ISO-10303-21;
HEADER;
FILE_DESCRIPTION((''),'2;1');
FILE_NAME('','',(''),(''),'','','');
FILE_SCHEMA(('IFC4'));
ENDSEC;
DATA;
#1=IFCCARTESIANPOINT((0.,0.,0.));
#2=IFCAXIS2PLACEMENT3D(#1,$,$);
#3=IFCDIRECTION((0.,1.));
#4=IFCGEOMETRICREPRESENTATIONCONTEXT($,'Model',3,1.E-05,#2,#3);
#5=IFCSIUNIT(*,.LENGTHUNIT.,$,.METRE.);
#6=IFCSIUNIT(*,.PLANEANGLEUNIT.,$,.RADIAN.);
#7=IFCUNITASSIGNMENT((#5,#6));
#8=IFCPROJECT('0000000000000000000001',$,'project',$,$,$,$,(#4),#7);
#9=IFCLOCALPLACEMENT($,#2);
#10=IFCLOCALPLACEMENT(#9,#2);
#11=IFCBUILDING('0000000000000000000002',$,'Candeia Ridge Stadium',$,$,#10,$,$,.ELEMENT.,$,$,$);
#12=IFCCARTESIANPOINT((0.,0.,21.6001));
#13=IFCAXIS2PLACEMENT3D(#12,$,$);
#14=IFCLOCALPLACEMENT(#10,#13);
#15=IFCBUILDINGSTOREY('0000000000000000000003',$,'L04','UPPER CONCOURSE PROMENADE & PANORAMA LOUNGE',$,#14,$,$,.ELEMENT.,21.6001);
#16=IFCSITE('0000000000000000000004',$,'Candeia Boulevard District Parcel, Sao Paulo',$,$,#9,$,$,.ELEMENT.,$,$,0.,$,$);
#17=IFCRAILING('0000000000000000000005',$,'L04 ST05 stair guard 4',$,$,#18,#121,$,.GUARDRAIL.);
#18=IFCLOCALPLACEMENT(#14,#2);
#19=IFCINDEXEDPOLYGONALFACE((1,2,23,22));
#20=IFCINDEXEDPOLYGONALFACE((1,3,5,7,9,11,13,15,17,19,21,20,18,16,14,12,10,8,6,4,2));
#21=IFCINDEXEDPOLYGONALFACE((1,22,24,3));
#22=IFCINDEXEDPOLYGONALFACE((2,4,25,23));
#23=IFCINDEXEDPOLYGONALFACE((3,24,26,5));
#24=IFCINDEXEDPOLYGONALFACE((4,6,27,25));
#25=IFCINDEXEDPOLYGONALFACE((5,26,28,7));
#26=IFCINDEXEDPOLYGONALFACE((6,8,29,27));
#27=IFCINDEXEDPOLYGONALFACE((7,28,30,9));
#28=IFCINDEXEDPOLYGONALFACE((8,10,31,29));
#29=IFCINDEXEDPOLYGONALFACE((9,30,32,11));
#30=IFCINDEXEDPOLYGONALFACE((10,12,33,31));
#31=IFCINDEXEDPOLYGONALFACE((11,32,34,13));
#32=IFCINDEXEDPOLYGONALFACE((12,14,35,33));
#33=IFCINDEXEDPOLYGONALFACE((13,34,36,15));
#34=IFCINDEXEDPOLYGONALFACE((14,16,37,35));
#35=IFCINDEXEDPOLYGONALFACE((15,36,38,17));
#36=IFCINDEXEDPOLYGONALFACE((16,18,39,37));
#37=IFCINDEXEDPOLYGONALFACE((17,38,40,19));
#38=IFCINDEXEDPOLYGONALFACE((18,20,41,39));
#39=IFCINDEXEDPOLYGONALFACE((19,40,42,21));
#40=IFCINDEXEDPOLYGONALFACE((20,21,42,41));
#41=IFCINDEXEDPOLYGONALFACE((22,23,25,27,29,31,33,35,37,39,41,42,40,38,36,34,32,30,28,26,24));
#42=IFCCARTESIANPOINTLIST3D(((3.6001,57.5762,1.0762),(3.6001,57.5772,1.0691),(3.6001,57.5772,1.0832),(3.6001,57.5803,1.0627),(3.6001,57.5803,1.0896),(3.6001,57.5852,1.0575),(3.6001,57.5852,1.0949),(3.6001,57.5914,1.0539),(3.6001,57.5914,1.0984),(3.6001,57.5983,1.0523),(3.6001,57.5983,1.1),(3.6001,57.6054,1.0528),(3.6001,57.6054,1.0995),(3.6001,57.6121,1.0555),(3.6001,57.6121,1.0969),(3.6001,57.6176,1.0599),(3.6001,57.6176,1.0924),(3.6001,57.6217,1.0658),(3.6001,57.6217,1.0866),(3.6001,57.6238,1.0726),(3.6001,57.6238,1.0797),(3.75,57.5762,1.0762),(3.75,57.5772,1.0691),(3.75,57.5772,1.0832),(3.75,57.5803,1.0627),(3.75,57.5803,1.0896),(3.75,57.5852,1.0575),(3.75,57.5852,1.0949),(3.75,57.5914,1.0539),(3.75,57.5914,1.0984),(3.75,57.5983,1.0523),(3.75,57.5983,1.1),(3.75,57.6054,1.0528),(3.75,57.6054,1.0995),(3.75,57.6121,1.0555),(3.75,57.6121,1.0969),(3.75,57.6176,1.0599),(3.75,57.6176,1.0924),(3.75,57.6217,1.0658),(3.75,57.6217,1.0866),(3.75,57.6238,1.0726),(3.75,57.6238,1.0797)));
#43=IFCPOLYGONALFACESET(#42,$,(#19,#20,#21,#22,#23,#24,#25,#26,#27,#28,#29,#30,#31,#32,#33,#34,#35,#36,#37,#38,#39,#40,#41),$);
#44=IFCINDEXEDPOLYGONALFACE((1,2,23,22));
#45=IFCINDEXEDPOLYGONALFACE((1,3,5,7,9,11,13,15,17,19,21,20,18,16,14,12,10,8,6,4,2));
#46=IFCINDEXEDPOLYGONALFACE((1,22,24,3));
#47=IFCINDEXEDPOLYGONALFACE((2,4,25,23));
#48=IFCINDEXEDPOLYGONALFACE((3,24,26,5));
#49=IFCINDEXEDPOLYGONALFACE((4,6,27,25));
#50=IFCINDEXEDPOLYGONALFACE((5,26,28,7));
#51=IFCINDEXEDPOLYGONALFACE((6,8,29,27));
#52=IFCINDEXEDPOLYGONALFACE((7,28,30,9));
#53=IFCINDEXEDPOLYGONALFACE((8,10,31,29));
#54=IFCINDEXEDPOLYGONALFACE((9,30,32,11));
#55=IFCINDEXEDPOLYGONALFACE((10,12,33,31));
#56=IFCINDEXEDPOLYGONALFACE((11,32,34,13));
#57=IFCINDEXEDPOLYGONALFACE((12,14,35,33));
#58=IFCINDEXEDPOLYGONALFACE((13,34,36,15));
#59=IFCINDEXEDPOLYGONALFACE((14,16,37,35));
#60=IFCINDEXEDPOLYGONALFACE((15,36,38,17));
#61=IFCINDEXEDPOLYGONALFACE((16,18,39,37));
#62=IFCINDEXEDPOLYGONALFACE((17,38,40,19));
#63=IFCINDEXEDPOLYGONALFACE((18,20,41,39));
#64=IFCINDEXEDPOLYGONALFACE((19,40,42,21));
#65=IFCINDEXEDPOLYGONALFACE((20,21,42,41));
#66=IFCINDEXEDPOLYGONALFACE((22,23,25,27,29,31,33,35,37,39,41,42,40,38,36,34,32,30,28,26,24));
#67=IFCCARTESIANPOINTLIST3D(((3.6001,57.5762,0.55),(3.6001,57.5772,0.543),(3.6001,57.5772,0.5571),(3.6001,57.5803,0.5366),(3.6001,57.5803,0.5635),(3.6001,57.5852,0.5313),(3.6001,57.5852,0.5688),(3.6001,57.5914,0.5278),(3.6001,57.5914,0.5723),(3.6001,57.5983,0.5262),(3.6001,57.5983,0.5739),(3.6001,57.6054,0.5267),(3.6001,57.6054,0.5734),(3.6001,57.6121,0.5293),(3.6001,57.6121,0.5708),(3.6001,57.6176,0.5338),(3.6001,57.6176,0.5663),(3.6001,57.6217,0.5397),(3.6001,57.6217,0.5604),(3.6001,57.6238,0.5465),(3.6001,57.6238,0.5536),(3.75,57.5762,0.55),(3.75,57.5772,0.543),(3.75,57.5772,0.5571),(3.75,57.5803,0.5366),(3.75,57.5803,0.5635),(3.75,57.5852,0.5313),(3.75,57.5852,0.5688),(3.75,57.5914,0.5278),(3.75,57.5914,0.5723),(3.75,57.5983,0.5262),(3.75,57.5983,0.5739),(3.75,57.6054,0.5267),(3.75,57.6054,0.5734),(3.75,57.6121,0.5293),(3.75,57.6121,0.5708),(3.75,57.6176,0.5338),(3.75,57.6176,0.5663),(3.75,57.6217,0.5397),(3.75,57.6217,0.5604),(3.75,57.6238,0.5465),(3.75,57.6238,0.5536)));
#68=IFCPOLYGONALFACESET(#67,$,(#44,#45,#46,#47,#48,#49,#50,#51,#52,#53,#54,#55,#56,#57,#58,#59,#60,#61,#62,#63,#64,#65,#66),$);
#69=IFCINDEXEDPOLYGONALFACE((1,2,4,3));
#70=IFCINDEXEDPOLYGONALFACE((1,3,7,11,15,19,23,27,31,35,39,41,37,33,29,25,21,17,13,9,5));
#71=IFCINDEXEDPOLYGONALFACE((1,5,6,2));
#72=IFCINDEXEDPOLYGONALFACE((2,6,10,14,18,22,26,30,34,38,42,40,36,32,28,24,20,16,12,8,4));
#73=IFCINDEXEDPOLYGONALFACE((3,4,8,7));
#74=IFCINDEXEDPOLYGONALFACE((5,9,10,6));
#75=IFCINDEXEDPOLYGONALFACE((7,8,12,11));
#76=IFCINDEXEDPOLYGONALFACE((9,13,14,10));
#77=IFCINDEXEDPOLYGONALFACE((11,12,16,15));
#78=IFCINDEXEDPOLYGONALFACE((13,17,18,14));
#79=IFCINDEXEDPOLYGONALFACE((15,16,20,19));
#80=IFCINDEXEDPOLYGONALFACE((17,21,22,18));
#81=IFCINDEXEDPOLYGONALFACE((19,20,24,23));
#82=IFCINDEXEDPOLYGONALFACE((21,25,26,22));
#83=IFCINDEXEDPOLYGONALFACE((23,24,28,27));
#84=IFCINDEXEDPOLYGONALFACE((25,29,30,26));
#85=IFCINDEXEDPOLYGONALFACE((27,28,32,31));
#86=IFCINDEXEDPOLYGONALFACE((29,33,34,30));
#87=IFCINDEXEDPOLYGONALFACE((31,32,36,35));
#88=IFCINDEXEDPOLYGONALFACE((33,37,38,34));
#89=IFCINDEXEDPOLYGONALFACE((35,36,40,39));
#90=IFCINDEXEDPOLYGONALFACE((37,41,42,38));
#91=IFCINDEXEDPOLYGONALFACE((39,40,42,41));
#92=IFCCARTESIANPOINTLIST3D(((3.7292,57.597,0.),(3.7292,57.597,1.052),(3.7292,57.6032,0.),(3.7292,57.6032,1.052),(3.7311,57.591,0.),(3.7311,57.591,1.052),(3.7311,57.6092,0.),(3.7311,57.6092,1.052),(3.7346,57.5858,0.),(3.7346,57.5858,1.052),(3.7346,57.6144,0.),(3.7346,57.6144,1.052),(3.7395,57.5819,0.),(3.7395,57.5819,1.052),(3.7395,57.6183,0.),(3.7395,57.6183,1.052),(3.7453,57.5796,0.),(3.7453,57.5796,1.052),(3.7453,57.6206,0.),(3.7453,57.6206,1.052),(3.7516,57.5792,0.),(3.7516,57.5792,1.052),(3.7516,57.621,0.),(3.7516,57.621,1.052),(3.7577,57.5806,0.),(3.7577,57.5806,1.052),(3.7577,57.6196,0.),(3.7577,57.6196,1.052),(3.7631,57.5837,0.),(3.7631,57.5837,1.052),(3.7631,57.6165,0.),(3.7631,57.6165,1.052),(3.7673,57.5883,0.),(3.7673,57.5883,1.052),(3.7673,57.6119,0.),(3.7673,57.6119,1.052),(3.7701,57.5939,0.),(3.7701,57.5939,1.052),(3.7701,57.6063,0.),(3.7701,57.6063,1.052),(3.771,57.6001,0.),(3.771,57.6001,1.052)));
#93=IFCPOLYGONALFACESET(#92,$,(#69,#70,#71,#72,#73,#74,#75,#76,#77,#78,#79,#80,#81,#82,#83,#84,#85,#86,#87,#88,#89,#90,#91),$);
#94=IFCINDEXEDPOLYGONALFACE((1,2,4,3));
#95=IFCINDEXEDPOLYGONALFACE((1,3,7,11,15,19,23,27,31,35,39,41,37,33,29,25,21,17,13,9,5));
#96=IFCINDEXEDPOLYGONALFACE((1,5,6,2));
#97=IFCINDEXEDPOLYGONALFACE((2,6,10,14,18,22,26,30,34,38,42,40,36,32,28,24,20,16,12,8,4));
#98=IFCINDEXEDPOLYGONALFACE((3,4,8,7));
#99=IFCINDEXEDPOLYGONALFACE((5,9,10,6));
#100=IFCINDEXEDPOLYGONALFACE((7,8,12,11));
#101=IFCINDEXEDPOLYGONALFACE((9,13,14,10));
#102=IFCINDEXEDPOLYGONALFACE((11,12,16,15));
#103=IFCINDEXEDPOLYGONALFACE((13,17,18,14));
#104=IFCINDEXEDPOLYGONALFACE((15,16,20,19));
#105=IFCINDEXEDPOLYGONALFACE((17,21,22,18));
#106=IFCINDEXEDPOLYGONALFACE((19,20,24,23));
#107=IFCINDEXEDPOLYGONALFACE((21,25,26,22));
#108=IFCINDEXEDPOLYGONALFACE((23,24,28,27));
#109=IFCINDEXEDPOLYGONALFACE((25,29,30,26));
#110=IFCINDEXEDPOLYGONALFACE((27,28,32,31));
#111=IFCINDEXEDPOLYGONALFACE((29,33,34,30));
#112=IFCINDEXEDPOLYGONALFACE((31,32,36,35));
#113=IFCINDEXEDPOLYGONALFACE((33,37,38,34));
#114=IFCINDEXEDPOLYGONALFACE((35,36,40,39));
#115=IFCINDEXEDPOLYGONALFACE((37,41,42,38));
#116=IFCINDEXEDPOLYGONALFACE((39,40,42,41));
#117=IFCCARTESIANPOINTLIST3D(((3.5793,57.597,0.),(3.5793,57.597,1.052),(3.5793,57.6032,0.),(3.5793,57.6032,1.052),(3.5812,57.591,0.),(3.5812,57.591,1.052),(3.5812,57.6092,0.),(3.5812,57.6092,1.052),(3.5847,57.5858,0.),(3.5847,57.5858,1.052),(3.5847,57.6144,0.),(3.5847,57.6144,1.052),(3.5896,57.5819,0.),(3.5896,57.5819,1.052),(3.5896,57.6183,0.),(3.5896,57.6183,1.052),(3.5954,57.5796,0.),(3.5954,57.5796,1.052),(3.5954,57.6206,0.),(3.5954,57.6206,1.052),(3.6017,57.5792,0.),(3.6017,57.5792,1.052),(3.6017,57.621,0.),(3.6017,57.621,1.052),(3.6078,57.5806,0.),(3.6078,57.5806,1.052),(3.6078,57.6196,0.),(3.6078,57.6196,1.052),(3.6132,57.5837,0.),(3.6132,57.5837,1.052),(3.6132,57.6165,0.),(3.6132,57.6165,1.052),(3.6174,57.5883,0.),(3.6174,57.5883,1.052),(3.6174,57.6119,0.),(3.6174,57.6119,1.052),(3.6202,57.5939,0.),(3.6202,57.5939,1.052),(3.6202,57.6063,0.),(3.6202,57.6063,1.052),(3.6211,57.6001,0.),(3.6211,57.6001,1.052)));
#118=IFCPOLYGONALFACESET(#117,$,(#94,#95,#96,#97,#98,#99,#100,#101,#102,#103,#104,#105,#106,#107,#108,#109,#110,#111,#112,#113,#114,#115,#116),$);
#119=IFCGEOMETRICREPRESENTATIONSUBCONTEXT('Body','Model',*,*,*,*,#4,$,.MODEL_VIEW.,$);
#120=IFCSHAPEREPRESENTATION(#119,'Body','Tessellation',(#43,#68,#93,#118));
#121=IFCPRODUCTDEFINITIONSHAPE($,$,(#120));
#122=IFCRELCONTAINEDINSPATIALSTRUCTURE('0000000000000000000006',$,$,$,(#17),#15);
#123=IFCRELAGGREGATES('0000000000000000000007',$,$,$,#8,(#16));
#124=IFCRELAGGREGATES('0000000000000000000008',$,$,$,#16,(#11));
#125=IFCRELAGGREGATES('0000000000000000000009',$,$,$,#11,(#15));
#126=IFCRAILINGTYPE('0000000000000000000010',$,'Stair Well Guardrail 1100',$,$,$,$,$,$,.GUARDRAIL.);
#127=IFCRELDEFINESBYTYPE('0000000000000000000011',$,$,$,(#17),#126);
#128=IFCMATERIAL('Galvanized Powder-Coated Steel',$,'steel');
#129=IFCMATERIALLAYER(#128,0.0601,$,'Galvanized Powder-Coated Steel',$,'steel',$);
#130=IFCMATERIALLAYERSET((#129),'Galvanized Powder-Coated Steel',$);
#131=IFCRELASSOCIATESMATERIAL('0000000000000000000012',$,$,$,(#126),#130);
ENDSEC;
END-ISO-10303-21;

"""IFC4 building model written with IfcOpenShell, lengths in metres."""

from ifc_helpers import new_model, si_unit, direction, frame, origin, origin_2d, place, context, subcontext, project, spatial, circle, extrude, material, layer, layer_set, type_object, element, save


model = new_model("IFC4")

# Units and contexts
model_context = context("Model", 3, precision=1e-05, world=origin(), true_north=direction((0.0, 1.0)))
body_context = subcontext(model_context, "Body", "Model", "MODEL_VIEW")
ifc_project = project(units=[si_unit("LENGTHUNIT", "METRE"), si_unit("PLANEANGLEUNIT", "RADIAN")], contexts=[model_context])

# Site, building, storey
site_placement = place(None, origin())
site = spatial("IfcSite", under=ifc_project, at=site_placement, Name="Candeia Boulevard District Parcel, Sao Paulo", CompositionType="ELEMENT", RefElevation=0.0)
building_placement = place(site_placement, origin())
building = spatial("IfcBuilding", under=site, at=building_placement, Name="Candeia Ridge Stadium", CompositionType="ELEMENT")
storey_placement = place(building_placement, frame((0.0, 0.0, 21.6001)))
storey = spatial("IfcBuildingStorey", under=building, at=storey_placement, Name="L04", Description="UPPER CONCOURSE PROMENADE & PANORAMA LOUNGE", CompositionType="ELEMENT", Elevation=21.6001)

# Railing
ifc_material_1 = material(Name="Galvanized Powder-Coated Steel", Category="steel")
ifc_layer_1 = layer(ifc_material_1, 0.0601, Name="Galvanized Powder-Coated Steel", Category="steel")
ifc_layer_set_1 = layer_set([ifc_layer_1], Name="Galvanized Powder-Coated Steel")
railing_type_1 = type_object("IfcRailingType", Name="Stair Well Guardrail 1100", PredefinedType="GUARDRAIL", material=ifc_layer_set_1)
railing_1_placement = place(storey_placement, frame((3.75, 57.6001, 0.0)))
element("IfcRailing", 1, at=railing_1_placement, inside=storey, type_object=railing_type_1, Name="L04 ST05 stair guard 4", PredefinedType="GUARDRAIL", context=body_context, shape_type="SweptSolid", body=[
    extrude(circle(Radius=0.0239, at=origin_2d()), frame((0.0, 0.0, 1.0762), z_axis=(-1.0, 0.0, 0.0), x_axis=(0.0, -1.0, 0.0)), (0.0, 0.0, 1.0), 0.1499),
    extrude(circle(Radius=0.0239, at=origin_2d()), frame((0.0, 0.0, 0.55), z_axis=(-1.0, 0.0, 0.0), x_axis=(0.0, -1.0, 0.0)), (0.0, 0.0, 1.0), 0.1499),
    extrude(circle(Radius=0.021, at=origin_2d()), origin(), (0.0, 0.0, 1.0), 1.052),
    extrude(circle(Radius=0.021, at=origin_2d()), frame((-0.1499, 0.0, 0.0)), (0.0, 0.0, 1.0), 1.052),
])

save(model, "model.ifc")
